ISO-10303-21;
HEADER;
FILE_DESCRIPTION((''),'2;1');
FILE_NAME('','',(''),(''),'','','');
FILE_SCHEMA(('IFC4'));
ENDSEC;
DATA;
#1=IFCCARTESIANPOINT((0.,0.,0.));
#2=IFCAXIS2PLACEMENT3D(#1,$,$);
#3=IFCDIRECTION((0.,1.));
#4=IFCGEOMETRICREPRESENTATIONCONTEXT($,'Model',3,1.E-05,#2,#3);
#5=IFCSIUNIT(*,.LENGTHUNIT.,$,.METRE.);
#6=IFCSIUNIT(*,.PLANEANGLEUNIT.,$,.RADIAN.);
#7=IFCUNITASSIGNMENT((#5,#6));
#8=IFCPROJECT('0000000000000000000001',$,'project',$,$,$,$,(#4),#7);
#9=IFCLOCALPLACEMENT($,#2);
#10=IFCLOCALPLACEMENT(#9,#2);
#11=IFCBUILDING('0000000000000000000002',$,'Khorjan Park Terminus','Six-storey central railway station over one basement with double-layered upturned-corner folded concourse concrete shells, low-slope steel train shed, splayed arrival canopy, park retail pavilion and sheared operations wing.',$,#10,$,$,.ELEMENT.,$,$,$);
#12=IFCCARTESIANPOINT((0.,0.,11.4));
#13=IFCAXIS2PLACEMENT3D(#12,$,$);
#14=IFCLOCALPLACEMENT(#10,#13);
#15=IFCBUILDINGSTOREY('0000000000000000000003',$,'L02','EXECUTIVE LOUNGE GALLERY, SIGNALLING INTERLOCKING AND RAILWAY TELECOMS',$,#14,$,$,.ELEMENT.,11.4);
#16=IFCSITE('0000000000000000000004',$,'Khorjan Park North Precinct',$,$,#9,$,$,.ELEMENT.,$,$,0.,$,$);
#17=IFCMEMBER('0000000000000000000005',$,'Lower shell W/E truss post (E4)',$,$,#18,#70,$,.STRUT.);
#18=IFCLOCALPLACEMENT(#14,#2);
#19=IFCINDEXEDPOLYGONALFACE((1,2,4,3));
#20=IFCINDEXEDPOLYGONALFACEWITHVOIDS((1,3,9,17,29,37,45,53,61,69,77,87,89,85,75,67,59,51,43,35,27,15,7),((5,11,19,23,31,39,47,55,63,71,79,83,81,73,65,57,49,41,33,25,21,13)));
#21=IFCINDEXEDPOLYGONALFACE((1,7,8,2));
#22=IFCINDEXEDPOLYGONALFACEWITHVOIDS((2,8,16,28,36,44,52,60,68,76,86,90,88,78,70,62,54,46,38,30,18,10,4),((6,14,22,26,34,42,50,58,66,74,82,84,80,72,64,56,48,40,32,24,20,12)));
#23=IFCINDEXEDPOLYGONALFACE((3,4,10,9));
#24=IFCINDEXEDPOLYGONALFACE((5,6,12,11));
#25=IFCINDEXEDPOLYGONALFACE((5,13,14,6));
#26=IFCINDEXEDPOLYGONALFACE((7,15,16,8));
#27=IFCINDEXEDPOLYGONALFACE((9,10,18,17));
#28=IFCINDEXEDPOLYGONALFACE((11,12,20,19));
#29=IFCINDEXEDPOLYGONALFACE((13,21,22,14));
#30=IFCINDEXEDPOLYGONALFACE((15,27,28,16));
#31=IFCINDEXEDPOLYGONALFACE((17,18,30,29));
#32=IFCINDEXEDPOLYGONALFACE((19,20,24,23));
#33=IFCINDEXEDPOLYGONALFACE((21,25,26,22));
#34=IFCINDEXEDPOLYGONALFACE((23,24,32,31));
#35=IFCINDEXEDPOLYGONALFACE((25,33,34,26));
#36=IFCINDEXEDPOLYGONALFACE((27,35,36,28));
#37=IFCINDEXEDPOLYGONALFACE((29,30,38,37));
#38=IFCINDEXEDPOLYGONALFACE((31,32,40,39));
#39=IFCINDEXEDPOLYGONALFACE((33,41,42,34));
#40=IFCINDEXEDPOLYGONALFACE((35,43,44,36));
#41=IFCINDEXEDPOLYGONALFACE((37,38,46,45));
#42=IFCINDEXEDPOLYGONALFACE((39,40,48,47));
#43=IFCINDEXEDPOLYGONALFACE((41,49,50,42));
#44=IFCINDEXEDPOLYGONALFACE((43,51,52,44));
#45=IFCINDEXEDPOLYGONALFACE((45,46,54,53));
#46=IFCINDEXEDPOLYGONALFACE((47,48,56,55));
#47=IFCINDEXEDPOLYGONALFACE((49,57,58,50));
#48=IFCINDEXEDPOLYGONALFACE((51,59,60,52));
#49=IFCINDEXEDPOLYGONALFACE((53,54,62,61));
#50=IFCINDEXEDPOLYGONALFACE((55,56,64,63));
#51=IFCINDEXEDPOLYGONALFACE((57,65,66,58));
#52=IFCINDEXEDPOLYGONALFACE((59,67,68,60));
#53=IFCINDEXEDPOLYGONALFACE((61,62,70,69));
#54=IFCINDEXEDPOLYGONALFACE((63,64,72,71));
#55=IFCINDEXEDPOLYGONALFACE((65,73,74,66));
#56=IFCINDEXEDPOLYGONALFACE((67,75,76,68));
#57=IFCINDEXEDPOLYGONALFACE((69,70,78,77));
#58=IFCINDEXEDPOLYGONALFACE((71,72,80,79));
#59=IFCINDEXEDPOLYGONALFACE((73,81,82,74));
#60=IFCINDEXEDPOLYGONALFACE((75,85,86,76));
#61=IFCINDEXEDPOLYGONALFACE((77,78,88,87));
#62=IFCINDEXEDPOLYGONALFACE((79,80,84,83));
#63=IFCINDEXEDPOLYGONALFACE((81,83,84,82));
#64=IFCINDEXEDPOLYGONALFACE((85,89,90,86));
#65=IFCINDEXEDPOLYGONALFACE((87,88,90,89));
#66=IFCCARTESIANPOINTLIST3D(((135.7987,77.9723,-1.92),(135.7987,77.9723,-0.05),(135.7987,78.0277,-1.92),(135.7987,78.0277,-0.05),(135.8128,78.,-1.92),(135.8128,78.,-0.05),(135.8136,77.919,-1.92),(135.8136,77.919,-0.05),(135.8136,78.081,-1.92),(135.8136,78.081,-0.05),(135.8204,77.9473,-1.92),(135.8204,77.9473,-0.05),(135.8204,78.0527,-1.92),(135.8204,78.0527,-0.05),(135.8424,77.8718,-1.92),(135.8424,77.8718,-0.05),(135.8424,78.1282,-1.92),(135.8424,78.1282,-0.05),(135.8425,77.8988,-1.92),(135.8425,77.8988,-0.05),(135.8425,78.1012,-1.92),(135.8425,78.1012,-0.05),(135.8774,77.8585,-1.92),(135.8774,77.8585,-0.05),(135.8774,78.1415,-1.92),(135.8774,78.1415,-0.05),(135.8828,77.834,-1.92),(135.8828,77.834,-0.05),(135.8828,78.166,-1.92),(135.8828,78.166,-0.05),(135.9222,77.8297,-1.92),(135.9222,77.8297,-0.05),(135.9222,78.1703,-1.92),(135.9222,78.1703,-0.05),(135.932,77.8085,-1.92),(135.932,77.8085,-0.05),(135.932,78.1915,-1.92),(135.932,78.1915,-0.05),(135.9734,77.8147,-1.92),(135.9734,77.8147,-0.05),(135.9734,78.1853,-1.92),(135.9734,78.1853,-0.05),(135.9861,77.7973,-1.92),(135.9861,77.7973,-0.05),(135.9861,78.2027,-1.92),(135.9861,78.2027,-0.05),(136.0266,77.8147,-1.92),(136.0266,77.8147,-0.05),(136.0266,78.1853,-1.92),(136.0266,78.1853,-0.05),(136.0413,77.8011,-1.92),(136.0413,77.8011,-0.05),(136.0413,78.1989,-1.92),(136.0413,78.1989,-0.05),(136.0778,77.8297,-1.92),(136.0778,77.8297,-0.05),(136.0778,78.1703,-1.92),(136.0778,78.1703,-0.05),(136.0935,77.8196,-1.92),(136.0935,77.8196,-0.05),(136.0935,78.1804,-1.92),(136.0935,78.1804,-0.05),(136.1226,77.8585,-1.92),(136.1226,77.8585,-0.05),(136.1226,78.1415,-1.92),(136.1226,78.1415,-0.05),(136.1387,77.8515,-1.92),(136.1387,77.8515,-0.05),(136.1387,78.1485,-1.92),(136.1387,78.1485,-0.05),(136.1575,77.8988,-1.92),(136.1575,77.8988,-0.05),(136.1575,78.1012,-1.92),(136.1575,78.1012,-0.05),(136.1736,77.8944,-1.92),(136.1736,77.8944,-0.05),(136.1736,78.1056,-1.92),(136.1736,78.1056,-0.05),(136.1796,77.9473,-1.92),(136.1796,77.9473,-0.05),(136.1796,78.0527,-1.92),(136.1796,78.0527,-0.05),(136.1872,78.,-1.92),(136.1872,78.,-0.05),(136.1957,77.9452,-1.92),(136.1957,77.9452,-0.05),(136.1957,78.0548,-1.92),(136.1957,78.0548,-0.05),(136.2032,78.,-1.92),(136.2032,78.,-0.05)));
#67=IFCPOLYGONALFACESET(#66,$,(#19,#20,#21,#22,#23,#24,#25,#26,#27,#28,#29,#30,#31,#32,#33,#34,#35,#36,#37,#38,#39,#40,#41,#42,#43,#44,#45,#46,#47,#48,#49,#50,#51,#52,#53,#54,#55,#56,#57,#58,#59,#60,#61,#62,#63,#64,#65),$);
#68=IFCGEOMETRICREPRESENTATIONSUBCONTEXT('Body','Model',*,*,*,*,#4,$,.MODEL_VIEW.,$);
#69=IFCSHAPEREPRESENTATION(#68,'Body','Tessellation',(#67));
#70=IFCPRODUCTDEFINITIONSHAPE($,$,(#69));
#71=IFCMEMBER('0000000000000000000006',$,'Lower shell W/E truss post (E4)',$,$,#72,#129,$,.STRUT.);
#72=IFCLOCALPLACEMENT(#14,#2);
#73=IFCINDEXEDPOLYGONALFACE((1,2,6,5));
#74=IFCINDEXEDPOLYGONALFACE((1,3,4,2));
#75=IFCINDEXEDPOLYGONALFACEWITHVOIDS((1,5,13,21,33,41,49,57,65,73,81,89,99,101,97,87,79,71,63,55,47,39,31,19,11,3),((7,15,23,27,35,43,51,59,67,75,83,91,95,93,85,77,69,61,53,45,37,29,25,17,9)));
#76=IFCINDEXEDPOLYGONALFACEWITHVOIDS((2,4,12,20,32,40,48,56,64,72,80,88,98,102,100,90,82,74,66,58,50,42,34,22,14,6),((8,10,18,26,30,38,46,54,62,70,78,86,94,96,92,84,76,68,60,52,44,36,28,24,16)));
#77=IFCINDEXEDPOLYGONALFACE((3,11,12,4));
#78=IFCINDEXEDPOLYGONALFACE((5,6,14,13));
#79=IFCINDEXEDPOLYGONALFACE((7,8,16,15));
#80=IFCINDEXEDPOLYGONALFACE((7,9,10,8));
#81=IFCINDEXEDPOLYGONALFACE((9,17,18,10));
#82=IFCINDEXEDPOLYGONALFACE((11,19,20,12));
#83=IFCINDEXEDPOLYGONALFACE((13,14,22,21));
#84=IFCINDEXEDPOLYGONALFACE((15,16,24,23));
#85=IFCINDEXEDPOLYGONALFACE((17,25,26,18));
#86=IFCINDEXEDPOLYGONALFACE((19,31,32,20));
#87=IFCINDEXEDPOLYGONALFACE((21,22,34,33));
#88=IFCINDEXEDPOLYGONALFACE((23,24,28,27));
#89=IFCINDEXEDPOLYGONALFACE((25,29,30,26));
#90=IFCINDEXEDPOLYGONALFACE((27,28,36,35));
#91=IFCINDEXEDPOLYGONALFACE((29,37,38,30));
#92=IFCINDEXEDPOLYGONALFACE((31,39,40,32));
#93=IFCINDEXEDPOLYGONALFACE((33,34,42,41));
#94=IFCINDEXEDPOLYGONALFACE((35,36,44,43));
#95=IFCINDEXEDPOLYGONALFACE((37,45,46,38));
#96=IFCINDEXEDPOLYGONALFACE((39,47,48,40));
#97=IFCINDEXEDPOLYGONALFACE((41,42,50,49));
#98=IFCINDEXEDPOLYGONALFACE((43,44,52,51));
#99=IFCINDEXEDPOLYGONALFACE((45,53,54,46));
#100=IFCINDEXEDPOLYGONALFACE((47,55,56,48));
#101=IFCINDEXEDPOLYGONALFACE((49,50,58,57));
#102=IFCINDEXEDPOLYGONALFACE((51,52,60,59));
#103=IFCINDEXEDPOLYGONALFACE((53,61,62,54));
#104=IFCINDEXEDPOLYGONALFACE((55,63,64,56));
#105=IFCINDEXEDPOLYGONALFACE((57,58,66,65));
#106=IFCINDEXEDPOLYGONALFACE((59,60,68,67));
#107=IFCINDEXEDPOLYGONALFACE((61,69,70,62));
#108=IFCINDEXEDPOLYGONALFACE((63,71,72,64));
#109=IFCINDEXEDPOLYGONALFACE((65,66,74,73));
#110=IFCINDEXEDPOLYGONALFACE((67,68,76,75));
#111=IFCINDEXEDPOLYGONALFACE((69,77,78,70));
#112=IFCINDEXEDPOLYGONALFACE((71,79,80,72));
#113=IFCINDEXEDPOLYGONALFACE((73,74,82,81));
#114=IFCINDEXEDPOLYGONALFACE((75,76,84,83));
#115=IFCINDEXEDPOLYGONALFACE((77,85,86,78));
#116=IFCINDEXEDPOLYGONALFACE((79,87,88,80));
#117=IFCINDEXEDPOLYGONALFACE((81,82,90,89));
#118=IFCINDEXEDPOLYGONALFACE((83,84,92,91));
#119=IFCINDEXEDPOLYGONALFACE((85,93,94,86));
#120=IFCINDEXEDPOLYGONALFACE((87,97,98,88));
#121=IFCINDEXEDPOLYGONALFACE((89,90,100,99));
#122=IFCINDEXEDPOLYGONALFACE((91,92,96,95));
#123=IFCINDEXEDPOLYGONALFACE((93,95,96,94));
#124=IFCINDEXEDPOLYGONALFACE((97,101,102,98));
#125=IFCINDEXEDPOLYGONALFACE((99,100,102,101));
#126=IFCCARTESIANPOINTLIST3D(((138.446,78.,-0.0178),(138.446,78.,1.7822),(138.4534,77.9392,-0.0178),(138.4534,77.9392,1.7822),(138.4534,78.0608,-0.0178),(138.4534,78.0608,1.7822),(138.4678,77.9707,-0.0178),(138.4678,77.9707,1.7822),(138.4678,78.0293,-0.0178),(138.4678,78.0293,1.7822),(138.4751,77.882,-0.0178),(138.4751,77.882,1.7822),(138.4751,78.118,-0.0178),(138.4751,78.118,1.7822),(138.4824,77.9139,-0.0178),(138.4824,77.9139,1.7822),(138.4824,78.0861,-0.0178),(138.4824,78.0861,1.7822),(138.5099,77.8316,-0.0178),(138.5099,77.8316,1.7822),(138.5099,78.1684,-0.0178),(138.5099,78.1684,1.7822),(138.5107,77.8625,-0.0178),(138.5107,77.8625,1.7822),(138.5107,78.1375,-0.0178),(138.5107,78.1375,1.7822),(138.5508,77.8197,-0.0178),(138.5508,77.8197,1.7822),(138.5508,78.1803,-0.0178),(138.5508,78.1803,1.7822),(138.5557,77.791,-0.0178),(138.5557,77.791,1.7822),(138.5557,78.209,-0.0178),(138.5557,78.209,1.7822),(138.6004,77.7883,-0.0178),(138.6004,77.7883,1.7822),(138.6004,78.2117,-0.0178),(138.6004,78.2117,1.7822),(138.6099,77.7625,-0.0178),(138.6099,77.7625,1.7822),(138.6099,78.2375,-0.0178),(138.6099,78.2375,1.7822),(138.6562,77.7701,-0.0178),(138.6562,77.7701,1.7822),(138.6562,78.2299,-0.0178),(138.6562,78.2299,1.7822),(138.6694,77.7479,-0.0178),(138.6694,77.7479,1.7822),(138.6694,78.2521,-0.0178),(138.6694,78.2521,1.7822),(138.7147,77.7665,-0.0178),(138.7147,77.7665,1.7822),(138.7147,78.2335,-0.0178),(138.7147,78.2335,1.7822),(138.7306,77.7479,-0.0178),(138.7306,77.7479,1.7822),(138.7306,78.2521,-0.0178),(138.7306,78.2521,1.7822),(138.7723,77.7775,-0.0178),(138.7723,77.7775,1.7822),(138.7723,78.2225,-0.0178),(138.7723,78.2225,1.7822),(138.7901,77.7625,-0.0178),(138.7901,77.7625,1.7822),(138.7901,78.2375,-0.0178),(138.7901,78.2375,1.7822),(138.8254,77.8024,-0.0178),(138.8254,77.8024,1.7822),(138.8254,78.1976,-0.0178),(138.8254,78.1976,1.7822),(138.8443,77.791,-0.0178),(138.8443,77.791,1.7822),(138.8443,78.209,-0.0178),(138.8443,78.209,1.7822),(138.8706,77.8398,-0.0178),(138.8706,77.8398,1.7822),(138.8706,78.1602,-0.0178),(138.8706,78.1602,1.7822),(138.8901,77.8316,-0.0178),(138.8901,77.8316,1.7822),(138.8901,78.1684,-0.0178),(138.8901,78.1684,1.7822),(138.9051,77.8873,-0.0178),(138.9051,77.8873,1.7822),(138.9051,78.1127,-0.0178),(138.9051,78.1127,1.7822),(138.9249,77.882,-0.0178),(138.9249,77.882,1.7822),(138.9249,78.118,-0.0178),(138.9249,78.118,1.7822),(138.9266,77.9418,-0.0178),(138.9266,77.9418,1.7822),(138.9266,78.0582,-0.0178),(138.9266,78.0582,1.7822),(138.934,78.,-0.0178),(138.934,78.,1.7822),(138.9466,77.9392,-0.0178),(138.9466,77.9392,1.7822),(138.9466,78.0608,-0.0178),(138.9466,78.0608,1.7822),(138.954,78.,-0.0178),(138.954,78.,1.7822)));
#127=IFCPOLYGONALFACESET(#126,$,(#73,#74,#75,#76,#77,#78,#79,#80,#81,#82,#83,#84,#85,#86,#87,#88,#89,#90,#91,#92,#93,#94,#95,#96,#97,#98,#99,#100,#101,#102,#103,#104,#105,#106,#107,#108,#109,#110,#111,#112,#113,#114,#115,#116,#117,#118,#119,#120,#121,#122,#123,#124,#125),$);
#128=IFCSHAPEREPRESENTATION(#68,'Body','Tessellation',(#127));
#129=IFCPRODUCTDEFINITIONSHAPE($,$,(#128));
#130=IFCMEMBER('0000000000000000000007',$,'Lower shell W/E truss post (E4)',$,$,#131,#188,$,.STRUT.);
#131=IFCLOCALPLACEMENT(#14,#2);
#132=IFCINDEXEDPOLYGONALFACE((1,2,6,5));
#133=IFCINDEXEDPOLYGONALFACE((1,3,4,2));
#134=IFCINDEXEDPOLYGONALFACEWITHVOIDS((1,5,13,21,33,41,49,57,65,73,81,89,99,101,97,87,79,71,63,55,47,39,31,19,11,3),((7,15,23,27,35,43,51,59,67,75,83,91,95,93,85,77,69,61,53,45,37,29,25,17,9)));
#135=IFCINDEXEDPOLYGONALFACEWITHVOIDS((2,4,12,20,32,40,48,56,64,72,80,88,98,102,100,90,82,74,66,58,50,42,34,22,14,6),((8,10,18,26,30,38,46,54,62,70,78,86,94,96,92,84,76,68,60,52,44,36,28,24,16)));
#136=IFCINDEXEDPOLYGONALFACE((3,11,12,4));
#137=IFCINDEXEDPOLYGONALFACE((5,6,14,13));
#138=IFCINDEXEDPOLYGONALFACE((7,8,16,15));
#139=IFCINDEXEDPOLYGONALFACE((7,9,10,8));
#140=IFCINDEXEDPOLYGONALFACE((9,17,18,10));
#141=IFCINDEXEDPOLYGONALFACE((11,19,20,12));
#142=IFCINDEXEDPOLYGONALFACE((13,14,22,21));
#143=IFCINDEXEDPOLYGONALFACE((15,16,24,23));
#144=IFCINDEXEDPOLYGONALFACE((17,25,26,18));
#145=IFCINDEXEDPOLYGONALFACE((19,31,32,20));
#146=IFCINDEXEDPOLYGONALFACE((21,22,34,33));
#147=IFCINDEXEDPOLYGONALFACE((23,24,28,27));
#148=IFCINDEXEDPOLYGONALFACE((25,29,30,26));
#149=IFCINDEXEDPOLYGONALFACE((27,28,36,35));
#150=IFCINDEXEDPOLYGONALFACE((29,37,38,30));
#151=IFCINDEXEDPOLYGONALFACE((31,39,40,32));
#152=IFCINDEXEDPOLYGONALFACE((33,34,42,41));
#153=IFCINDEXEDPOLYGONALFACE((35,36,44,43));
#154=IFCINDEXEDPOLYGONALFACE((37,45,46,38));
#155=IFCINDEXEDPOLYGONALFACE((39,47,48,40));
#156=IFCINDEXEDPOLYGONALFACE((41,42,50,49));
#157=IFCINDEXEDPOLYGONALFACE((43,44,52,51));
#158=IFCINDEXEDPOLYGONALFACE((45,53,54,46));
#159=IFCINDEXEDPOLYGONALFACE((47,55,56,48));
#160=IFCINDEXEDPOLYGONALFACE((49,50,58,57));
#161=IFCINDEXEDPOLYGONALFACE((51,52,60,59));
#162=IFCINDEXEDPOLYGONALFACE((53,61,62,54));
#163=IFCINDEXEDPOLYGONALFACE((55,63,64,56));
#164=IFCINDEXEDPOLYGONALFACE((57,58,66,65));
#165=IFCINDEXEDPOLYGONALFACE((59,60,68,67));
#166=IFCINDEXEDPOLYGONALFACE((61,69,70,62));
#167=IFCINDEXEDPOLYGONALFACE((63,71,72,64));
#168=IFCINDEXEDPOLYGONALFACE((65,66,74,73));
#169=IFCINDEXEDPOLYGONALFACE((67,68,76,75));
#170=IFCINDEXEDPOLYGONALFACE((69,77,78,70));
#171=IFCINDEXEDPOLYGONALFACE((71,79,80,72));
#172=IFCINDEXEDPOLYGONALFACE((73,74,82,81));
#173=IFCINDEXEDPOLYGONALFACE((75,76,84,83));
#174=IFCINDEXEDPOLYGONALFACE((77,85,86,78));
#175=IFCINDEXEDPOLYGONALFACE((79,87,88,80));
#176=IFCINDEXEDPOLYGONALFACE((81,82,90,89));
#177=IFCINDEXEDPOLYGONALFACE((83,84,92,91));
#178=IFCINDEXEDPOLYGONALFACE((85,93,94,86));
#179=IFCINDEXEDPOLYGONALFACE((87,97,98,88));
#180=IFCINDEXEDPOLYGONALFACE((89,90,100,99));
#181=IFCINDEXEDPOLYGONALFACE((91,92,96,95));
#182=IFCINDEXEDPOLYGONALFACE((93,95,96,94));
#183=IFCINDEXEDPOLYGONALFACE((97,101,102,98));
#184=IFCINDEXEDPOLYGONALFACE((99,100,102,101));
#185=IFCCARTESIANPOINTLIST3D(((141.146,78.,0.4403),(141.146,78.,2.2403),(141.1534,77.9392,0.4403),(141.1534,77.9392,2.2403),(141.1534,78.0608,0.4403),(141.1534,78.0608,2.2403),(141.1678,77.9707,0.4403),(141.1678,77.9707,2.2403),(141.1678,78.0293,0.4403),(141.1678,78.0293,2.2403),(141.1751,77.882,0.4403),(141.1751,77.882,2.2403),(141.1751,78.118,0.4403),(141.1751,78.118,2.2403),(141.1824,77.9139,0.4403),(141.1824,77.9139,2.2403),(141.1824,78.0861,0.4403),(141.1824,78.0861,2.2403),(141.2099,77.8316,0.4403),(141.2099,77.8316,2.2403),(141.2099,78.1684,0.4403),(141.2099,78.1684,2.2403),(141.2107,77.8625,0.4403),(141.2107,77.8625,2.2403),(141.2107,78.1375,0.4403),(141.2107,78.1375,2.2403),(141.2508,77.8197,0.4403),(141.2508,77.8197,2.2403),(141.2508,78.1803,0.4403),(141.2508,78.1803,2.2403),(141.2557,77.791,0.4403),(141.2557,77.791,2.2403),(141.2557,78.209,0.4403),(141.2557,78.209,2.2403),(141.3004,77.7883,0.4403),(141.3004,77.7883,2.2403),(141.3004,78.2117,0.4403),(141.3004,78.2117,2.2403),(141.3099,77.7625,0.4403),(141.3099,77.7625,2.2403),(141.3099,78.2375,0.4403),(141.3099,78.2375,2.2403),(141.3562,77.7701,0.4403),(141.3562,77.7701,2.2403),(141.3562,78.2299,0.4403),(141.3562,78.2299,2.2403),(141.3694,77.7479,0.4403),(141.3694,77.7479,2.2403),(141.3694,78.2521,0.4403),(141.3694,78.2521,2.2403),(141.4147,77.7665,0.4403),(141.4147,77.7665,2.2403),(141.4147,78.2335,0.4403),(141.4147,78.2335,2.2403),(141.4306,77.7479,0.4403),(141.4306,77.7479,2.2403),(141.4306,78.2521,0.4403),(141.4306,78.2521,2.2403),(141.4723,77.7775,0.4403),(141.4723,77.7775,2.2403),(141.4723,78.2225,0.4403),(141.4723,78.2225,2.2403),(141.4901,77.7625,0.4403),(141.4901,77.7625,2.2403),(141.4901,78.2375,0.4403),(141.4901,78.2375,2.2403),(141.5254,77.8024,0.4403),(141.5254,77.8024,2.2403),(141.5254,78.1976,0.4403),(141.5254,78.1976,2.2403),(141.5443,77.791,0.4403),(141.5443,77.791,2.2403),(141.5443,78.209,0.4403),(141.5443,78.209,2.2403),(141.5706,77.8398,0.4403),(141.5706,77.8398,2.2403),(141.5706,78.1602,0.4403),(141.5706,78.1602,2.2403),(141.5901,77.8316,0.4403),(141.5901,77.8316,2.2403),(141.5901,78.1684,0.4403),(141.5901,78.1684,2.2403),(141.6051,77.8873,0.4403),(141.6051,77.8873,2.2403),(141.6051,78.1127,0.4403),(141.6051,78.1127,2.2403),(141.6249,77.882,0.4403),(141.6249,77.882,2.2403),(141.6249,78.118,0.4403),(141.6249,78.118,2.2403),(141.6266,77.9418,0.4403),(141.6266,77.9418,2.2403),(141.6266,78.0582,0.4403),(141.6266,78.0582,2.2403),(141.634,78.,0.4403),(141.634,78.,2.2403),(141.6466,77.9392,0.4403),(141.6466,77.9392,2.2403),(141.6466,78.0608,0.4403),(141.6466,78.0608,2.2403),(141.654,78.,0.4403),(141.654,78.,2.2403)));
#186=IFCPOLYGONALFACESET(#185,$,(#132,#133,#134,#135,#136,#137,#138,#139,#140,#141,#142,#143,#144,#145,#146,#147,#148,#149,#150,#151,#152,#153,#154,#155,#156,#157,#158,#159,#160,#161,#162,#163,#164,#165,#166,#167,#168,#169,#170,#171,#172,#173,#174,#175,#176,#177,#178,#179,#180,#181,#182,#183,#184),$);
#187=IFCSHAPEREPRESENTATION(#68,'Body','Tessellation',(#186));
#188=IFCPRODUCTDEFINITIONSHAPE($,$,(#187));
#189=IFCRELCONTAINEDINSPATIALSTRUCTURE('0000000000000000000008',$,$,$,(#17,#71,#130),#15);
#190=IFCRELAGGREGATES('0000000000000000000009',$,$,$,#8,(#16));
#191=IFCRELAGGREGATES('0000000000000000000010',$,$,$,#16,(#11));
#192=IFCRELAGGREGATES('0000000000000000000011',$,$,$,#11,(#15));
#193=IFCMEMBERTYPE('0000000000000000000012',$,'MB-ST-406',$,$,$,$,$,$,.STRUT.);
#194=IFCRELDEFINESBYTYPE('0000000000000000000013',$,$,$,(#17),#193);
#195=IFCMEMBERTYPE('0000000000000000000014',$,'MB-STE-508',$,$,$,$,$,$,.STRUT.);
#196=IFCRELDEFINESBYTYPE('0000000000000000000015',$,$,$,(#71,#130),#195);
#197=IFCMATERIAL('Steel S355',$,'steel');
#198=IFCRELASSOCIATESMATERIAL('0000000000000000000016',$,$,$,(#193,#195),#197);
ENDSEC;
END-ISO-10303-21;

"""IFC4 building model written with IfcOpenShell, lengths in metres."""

from ifc_helpers import new_model, si_unit, direction, frame, origin, origin_2d, place, context, subcontext, project, spatial, hollow_circle, extrude, material, material_profile, profile_set, type_object, element, save


model = new_model("IFC4")

# Units and contexts
model_context = context("Model", 3, precision=1e-05, world=origin(), true_north=direction((0.0, 1.0)))
body_context = subcontext(model_context, "Body", "Model", "MODEL_VIEW")
ifc_project = project(units=[si_unit("LENGTHUNIT", "METRE"), si_unit("PLANEANGLEUNIT", "RADIAN")], contexts=[model_context])

# Site, building, storey
site_placement = place(None, origin())
site = spatial("IfcSite", under=ifc_project, at=site_placement, Name="Khorjan Park North Precinct", CompositionType="ELEMENT", RefElevation=0.0)
building_placement = place(site_placement, origin())
building = spatial("IfcBuilding", under=site, at=building_placement, Name="Khorjan Park Terminus", Description="Six-storey central railway station over one basement with double-layered upturned-corner folded concourse concrete shells, low-slope steel train shed, splayed arrival canopy, park retail pavilion and sheared operations wing.", CompositionType="ELEMENT")
storey_placement = place(building_placement, frame((0.0, 0.0, 11.4)))
storey = spatial("IfcBuildingStorey", under=building, at=storey_placement, Name="L02", Description="EXECUTIVE LOUNGE GALLERY, SIGNALLING INTERLOCKING AND RAILWAY TELECOMS", CompositionType="ELEMENT", Elevation=11.4)

# Members
ifc_material_1 = material(Name="Steel S355", Category="steel")
ifc_material_profile_1 = material_profile(ifc_material_1, hollow_circle(Radius=0.2032, WallThickness=0.016, at=origin_2d()), Name="CHS 406.4x16")
ifc_profile_set_1 = profile_set([ifc_material_profile_1], Name="Steel S355")
member_type_1 = type_object("IfcMemberType", Name="MB-ST-406", PredefinedType="STRUT", material=ifc_profile_set_1)
member_1_placement = place(storey_placement, frame((136.0, 78.0, -1.92), z_axis=(0.0, 0.0, 1.0), x_axis=(1.0, 0.0, 0.0)))
element("IfcMember", 1, at=member_1_placement, inside=storey, type_object=member_type_1, Name="Lower shell W/E truss post (E4)", PredefinedType="STRUT", context=body_context, shape_type="SweptSolid", body=[
    extrude(hollow_circle(Radius=0.2032, WallThickness=0.016, at=origin_2d()), origin(), (0.0, 0.0, 1.0), 1.87),
])
ifc_material_profile_2 = material_profile(ifc_material_1, hollow_circle(Radius=0.254, WallThickness=0.02, at=origin_2d()), Name="CHS 508x20")
ifc_profile_set_2 = profile_set([ifc_material_profile_2], Name="Steel S355")
member_type_2 = type_object("IfcMemberType", Name="MB-STE-508", PredefinedType="STRUT", material=ifc_profile_set_2)
for number, where, z_axis, x_axis, name in (
    (2, (138.7, 78.0, -0.0178), (0.0, 0.0, 1.0), (1.0, 0.0, 0.0), "Lower shell W/E truss post (E4)"),
    (3, (141.4, 78.0, 0.4403), (0.0, 0.0, 1.0), (1.0, 0.0, 0.0), "Lower shell W/E truss post (E4)"),
):
    element("IfcMember", number, at=place(storey_placement, frame(where, z_axis=z_axis, x_axis=x_axis)), inside=storey, type_object=member_type_2, Name=name, PredefinedType="STRUT", context=body_context, shape_type="SweptSolid", body=[
        extrude(hollow_circle(Radius=0.254, WallThickness=0.02, at=origin_2d()), origin(), (0.0, 0.0, 1.0), 1.8),
    ])

save(model, "model.ifc")
